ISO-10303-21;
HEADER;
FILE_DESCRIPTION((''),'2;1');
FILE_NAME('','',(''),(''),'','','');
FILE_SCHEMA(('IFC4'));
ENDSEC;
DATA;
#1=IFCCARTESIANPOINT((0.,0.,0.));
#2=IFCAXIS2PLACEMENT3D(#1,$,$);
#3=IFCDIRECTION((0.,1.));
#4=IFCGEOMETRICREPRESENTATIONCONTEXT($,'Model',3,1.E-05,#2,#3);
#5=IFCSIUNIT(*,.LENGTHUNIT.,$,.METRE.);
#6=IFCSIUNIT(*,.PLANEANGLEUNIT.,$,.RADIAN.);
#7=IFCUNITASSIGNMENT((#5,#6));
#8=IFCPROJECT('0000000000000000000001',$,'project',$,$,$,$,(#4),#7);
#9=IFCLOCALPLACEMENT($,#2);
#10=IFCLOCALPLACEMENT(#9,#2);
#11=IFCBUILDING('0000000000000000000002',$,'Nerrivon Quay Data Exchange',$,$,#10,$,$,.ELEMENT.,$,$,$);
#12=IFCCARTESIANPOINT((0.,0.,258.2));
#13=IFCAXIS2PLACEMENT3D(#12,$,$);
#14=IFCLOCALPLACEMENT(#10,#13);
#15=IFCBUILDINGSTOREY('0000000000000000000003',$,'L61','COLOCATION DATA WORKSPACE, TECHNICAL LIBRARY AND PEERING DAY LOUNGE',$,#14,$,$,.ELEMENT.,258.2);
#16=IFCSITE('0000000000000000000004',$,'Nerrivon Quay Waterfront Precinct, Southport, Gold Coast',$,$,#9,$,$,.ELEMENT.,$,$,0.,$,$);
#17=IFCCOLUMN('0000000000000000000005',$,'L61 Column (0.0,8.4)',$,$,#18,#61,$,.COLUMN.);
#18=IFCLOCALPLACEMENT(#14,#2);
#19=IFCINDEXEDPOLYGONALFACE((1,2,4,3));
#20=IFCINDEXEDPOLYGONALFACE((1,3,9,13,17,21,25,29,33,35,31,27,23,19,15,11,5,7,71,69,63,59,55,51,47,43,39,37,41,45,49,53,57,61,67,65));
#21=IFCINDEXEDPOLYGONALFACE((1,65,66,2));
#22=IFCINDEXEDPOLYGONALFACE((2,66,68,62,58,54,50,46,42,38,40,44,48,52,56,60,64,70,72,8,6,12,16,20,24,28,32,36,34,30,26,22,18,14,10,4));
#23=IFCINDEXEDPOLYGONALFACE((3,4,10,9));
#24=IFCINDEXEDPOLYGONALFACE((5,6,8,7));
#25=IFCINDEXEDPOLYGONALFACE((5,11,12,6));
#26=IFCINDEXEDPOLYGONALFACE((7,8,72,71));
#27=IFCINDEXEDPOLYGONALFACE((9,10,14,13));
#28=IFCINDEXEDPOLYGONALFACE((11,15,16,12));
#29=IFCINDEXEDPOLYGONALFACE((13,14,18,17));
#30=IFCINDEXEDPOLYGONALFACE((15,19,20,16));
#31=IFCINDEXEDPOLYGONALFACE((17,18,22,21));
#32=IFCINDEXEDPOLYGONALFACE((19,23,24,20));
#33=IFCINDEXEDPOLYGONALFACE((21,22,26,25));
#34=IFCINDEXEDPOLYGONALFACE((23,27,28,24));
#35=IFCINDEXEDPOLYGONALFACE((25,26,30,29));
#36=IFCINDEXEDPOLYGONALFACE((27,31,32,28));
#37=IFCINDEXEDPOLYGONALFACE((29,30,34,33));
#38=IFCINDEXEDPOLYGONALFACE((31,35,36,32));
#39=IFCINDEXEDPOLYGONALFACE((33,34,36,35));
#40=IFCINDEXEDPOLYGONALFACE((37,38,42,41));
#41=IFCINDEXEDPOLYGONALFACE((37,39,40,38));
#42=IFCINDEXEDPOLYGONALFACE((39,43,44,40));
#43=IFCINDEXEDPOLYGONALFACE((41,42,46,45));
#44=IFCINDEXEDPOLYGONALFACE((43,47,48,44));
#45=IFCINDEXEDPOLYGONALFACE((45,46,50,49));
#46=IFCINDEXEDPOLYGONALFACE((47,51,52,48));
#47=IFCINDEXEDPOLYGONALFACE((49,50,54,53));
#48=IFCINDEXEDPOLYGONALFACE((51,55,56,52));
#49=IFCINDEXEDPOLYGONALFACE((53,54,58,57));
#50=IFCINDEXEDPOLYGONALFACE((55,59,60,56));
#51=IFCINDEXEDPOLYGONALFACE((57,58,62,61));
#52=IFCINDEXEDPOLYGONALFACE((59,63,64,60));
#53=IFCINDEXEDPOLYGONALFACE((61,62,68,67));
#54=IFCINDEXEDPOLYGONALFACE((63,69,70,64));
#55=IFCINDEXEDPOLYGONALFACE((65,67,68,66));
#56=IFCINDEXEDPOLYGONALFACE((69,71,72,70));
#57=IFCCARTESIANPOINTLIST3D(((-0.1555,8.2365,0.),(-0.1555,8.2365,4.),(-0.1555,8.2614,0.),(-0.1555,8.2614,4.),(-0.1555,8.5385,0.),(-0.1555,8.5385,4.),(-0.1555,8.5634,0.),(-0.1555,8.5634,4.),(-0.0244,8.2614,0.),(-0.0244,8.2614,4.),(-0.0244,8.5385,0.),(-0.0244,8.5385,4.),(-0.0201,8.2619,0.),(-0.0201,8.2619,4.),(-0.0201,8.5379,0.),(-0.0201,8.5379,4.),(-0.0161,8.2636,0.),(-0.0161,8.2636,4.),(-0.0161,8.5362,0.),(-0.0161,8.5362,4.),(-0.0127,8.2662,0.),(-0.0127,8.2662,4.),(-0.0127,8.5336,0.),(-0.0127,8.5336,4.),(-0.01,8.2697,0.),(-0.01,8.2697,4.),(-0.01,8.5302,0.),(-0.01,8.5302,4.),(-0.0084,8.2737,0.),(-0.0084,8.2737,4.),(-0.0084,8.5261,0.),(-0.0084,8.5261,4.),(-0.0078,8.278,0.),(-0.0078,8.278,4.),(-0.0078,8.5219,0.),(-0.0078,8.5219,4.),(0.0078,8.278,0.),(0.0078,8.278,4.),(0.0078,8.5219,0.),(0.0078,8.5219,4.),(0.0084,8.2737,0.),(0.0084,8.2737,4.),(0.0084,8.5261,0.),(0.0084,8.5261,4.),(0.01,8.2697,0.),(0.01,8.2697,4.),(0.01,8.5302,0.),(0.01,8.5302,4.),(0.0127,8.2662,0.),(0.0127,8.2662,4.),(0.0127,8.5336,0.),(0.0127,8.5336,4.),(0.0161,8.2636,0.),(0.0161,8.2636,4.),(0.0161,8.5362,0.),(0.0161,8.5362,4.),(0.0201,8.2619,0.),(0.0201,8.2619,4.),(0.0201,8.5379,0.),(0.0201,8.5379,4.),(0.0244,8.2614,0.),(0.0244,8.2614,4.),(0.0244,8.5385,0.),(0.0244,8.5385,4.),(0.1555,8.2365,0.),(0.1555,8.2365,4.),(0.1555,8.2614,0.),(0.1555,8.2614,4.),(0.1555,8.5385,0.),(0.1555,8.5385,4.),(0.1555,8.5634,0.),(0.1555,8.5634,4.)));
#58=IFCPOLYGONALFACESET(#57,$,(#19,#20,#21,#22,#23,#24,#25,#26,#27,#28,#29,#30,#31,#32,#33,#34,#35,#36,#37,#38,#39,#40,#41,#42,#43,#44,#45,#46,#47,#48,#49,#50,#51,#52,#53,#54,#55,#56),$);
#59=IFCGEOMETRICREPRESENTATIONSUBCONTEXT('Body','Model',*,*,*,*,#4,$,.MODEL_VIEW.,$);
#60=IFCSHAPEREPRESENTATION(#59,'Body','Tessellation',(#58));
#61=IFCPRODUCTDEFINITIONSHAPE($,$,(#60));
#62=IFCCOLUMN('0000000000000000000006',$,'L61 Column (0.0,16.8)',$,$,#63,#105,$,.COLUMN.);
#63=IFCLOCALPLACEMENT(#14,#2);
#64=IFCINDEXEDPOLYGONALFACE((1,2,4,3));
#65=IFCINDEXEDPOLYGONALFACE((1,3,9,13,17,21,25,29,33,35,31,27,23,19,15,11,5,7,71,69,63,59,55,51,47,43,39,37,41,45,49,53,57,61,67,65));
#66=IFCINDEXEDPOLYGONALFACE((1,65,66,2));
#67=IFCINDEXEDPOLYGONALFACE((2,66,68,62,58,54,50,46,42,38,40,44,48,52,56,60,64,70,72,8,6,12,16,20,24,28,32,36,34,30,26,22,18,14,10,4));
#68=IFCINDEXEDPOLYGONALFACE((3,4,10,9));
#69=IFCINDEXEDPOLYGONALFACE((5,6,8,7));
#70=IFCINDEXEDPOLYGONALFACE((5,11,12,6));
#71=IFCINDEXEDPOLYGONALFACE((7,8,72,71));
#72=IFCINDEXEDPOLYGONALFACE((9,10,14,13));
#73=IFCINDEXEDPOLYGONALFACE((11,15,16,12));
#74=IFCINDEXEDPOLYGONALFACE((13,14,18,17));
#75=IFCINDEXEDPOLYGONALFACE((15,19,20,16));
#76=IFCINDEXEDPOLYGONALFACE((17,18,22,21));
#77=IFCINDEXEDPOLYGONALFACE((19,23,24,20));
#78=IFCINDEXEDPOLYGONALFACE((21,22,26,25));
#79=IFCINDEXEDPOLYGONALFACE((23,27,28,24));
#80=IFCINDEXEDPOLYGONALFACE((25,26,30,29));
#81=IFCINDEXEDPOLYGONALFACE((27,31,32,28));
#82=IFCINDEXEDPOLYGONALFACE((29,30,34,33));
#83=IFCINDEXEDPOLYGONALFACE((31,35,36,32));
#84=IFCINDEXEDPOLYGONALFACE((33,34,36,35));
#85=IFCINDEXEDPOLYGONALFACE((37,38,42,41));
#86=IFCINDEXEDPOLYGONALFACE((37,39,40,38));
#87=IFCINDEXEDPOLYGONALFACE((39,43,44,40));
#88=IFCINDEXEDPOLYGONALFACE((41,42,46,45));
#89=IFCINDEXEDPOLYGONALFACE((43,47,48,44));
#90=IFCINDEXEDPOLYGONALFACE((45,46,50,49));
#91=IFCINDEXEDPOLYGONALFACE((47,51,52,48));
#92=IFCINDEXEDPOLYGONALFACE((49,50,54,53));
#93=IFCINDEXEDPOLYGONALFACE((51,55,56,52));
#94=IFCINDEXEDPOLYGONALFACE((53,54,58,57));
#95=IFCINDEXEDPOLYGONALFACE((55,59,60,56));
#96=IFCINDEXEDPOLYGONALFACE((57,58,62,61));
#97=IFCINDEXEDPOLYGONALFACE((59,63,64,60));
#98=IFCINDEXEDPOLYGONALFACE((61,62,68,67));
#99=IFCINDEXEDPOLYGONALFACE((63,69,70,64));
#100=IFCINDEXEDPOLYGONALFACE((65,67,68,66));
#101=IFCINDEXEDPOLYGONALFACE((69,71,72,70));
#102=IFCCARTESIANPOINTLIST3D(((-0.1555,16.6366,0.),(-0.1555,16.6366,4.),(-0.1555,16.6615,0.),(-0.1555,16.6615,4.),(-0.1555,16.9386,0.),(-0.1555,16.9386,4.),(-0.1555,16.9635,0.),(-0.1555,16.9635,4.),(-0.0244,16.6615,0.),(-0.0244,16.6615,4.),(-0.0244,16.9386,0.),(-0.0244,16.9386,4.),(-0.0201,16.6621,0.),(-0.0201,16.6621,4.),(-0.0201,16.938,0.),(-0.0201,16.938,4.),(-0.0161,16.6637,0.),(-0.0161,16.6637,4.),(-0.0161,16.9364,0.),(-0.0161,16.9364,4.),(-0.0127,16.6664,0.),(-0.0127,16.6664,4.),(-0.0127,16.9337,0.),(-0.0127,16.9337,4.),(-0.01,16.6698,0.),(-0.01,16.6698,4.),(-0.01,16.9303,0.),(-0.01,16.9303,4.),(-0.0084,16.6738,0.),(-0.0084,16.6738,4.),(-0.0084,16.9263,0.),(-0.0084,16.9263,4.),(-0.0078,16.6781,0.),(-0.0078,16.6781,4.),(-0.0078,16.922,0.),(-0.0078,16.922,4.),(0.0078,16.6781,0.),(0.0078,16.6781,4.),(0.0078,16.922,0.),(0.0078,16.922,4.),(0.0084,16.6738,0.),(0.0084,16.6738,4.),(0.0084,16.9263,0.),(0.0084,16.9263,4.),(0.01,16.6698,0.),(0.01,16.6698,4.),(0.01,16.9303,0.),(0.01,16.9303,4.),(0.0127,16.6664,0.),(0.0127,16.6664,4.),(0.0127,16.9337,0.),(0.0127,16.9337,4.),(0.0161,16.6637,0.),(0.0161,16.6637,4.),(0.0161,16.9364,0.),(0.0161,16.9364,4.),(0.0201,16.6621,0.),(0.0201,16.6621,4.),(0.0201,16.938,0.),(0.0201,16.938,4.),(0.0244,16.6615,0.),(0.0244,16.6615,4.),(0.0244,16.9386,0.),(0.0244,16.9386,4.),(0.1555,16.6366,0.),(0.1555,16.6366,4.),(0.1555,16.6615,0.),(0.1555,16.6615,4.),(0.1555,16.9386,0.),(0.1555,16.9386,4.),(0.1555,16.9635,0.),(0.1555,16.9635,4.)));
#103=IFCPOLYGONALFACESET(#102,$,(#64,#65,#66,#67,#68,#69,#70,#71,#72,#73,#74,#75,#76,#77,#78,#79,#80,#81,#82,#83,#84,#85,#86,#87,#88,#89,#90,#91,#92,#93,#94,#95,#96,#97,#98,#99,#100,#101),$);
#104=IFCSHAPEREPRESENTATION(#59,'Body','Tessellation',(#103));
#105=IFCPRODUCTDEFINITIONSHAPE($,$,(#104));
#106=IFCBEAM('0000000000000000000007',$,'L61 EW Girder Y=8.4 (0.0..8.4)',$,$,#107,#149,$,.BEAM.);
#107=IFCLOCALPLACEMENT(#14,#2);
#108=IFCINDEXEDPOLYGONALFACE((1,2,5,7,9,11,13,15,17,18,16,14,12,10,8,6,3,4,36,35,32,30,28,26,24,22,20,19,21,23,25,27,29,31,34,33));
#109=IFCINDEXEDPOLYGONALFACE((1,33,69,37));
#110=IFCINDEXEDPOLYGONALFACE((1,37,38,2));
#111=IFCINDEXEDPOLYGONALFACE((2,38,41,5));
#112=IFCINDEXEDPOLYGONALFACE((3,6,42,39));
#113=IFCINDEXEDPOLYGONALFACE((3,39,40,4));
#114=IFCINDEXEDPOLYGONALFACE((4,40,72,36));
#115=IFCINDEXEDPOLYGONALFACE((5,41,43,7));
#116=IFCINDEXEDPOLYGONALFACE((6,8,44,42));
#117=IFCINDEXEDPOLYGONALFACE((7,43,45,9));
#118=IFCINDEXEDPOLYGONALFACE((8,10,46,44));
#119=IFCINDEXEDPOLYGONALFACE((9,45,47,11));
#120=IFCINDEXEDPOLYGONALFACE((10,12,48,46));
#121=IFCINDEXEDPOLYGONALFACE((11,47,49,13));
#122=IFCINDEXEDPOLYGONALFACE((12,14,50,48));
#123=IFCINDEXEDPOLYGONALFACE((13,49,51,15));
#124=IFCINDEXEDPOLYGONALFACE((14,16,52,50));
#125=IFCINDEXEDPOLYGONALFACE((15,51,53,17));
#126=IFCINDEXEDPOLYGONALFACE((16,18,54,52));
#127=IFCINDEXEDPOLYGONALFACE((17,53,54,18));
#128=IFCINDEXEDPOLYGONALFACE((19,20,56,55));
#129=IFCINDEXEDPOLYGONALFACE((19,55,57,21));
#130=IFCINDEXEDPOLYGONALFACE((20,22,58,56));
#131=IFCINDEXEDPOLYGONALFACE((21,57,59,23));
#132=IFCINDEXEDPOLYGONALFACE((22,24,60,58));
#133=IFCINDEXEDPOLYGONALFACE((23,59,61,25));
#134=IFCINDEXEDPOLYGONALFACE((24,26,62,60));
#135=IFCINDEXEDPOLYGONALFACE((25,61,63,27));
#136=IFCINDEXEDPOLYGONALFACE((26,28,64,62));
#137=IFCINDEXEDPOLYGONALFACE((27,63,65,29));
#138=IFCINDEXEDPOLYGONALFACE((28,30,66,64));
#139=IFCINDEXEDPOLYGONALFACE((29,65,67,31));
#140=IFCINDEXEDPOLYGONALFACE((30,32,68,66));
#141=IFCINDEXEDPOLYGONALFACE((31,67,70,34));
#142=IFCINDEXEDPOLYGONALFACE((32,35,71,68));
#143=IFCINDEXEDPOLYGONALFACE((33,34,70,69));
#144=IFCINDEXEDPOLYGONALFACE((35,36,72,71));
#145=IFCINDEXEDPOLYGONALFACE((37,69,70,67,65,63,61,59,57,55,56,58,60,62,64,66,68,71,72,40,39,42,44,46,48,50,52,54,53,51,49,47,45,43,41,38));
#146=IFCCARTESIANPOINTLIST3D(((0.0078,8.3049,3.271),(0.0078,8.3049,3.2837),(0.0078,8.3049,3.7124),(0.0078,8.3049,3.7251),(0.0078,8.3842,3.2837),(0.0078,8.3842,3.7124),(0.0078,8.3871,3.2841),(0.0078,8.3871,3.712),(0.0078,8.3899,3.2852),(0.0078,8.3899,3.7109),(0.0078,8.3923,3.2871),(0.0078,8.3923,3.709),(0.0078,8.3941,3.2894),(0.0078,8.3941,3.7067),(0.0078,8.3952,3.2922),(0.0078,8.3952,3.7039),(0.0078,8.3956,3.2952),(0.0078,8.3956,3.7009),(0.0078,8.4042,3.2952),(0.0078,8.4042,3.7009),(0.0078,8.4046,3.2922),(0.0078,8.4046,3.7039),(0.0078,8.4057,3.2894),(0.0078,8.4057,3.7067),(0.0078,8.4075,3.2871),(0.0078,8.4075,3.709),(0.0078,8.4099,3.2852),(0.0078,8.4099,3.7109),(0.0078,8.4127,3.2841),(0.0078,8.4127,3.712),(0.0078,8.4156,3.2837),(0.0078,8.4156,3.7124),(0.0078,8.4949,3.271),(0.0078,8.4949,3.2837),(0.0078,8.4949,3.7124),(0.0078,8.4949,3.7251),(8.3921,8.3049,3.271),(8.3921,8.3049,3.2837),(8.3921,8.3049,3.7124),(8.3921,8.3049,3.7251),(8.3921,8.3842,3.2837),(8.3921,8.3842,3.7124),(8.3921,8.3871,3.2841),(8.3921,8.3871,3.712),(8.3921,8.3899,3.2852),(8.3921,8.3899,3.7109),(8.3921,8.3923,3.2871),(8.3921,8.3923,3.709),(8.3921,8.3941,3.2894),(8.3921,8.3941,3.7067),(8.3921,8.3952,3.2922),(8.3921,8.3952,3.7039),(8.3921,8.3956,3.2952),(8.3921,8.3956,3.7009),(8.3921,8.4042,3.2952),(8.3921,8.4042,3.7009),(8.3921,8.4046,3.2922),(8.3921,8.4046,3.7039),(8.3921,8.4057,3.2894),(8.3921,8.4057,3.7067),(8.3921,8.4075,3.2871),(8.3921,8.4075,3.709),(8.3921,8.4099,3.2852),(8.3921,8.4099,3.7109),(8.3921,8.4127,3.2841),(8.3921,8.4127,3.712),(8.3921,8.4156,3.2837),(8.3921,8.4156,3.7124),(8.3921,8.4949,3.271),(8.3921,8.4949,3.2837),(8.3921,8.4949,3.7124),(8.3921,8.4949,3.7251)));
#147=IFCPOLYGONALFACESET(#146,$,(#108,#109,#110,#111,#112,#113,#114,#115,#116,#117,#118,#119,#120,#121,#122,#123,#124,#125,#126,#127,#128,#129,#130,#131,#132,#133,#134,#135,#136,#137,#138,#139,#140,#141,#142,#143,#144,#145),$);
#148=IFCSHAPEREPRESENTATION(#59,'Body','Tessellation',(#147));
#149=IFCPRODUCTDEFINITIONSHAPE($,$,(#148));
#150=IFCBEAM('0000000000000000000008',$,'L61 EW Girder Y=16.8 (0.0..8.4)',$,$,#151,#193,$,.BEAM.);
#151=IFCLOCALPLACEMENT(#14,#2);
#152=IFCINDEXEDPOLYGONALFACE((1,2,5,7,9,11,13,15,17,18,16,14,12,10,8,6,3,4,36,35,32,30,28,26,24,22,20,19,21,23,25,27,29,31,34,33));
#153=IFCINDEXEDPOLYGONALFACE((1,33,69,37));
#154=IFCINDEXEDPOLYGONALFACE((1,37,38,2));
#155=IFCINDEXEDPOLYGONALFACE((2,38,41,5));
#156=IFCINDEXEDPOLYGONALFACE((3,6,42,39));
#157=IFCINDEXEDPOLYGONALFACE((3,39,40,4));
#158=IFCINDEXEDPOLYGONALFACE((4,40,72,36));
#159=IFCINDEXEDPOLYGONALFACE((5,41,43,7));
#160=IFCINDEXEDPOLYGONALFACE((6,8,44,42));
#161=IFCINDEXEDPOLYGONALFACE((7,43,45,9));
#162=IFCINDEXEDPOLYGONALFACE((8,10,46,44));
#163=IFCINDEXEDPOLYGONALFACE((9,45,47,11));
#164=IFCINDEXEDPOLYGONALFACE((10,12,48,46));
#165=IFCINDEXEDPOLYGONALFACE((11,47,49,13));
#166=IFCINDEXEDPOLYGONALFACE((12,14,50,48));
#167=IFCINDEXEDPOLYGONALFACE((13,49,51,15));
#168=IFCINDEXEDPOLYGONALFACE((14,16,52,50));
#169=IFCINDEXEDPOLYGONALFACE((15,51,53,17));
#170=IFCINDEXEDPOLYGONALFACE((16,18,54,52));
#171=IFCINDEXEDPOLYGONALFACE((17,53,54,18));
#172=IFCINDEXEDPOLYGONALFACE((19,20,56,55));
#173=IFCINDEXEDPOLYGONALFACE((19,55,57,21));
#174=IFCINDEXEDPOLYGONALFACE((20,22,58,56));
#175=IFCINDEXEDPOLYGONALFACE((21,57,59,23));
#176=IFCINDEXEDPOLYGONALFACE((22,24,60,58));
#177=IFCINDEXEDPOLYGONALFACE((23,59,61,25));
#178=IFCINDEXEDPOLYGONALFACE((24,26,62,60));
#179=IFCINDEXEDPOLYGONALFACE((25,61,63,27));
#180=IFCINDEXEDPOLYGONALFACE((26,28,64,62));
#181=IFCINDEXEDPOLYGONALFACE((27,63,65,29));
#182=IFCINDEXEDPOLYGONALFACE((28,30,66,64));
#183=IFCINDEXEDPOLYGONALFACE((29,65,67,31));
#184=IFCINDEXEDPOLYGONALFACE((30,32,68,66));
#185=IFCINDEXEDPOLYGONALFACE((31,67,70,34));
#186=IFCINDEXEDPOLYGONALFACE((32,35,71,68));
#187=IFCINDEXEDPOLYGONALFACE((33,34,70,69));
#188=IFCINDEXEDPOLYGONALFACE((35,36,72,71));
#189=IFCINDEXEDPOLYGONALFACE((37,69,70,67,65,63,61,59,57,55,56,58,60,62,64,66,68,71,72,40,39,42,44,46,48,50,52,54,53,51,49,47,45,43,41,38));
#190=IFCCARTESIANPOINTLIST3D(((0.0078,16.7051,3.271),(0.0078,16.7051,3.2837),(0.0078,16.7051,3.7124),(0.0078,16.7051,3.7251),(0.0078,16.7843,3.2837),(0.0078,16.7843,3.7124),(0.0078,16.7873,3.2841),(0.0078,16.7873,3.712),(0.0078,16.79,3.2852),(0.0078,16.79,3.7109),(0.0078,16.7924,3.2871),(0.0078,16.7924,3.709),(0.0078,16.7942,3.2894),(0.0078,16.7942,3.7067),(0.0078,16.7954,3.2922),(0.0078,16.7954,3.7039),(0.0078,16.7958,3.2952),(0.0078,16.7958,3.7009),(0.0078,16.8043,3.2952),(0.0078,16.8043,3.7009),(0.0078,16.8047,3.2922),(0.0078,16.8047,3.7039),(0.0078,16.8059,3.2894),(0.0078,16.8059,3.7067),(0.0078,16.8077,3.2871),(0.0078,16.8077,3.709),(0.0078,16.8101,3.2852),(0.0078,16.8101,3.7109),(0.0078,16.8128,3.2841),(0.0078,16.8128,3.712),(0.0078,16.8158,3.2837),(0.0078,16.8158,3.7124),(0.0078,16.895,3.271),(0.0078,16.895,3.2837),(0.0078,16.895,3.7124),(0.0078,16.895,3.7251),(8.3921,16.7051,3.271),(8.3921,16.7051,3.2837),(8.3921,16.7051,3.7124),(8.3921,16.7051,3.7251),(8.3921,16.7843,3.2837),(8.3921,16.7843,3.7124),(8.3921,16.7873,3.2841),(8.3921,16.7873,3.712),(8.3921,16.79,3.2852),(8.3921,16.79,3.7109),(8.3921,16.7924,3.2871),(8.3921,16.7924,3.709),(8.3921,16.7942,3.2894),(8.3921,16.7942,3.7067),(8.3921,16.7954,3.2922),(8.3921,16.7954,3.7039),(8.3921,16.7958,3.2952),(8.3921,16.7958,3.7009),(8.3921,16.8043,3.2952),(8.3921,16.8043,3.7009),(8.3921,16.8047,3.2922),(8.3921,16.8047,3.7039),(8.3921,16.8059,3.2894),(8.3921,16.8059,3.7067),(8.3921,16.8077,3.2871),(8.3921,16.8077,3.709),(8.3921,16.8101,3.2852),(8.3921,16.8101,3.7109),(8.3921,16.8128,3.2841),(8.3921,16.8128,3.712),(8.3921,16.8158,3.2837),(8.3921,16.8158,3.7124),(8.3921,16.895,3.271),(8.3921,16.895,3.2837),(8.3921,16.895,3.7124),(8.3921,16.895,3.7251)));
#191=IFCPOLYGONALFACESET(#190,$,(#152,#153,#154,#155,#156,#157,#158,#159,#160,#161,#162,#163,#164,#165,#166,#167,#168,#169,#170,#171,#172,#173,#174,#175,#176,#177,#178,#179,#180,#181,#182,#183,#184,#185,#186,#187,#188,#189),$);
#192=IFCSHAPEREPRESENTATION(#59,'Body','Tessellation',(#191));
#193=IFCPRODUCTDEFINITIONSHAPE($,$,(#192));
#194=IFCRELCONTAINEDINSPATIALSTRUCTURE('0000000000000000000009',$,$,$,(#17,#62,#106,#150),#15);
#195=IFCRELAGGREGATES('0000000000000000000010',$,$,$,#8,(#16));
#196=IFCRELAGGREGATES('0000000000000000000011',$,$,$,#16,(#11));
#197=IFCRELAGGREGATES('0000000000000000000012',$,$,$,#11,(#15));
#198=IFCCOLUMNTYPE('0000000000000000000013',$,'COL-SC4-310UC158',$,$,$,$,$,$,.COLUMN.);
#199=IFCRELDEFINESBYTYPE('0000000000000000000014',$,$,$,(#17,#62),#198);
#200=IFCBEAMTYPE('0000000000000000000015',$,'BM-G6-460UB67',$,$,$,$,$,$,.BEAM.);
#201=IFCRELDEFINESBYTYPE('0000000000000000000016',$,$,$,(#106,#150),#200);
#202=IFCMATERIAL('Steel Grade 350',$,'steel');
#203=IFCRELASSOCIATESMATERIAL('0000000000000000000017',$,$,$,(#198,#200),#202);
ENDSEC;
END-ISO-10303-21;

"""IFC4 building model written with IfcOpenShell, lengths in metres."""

from ifc_helpers import new_model, si_unit, direction, frame, origin, origin_2d, place, context, subcontext, project, spatial, i_section, extrude, material, material_profile, profile_set, type_object, element, save


model = new_model("IFC4")

# Units and contexts
model_context = context("Model", 3, precision=1e-05, world=origin(), true_north=direction((0.0, 1.0)))
body_context = subcontext(model_context, "Body", "Model", "MODEL_VIEW")
ifc_project = project(units=[si_unit("LENGTHUNIT", "METRE"), si_unit("PLANEANGLEUNIT", "RADIAN")], contexts=[model_context])

# Site, building, storey
site_placement = place(None, origin())
site = spatial("IfcSite", under=ifc_project, at=site_placement, Name="Nerrivon Quay Waterfront Precinct, Southport, Gold Coast", CompositionType="ELEMENT", RefElevation=0.0)
building_placement = place(site_placement, origin())
building = spatial("IfcBuilding", under=site, at=building_placement, Name="Nerrivon Quay Data Exchange", CompositionType="ELEMENT")
storey_placement = place(building_placement, frame((0.0, 0.0, 258.2)))
storey = spatial("IfcBuildingStorey", under=building, at=storey_placement, Name="L61", Description="COLOCATION DATA WORKSPACE, TECHNICAL LIBRARY AND PEERING DAY LOUNGE", CompositionType="ELEMENT", Elevation=258.2)

# Columns
ifc_material_1 = material(Name="Steel Grade 350", Category="steel")
ifc_material_profile_1 = material_profile(ifc_material_1, i_section(OverallWidth=0.311, OverallDepth=0.3269, WebThickness=0.0156, FlangeThickness=0.0249, FilletRadius=0.0166, at=origin_2d()), Name="310UC158")
ifc_profile_set_1 = profile_set([ifc_material_profile_1], Name="Steel Grade 350")
column_type = type_object("IfcColumnType", Name="COL-SC4-310UC158", PredefinedType="COLUMN", material=ifc_profile_set_1)
for number, where, z_axis, x_axis, name in (
    (1, (0.0, 8.3999, 0.0), (0.0, 0.0, 1.0), (1.0, 0.0, 0.0), "L61 Column (0.0,8.4)"),
    (2, (0.0, 16.8, 0.0), (0.0, 0.0, 1.0), (1.0, 0.0, 0.0), "L61 Column (0.0,16.8)"),
):
    element("IfcColumn", number, at=place(storey_placement, frame(where, z_axis=z_axis, x_axis=x_axis)), inside=storey, type_object=column_type, Name=name, PredefinedType="COLUMN", context=body_context, shape_type="SweptSolid", body=[
        extrude(i_section(OverallWidth=0.311, OverallDepth=0.3269, WebThickness=0.0156, FlangeThickness=0.0249, FilletRadius=0.0166, at=origin_2d()), origin(), (0.0, 0.0, 1.0), 4.0),
    ])

# Beams
ifc_material_profile_2 = material_profile(ifc_material_1, i_section(OverallWidth=0.1899, OverallDepth=0.4541, WebThickness=0.0085, FlangeThickness=0.0127, FilletRadius=0.0115, at=origin_2d()), Name="460UB67.1")
ifc_profile_set_2 = profile_set([ifc_material_profile_2], Name="Steel Grade 350")
beam_type_1 = type_object("IfcBeamType", Name="BM-G6-460UB67", PredefinedType="BEAM", material=ifc_profile_set_2)
for number, where, z_axis, x_axis, name in (
    (3, (0.0078, 8.3999, 3.498), (1.0, 0.0, 0.0), (0.0, 1.0, 0.0), "L61 EW Girder Y=8.4 (0.0..8.4)"),
    (4, (0.0078, 16.8, 3.498), (1.0, 0.0, 0.0), (0.0, 1.0, 0.0), "L61 EW Girder Y=16.8 (0.0..8.4)"),
):
    element("IfcBeam", number, at=place(storey_placement, frame(where, z_axis=z_axis, x_axis=x_axis)), inside=storey, type_object=beam_type_1, Name=name, PredefinedType="BEAM", context=body_context, shape_type="SweptSolid", body=[
        extrude(i_section(OverallWidth=0.1899, OverallDepth=0.4541, WebThickness=0.0085, FlangeThickness=0.0127, FilletRadius=0.0115, at=origin_2d()), origin(), (0.0, 0.0, 1.0), 8.3843),
    ])

save(model, "model.ifc")
